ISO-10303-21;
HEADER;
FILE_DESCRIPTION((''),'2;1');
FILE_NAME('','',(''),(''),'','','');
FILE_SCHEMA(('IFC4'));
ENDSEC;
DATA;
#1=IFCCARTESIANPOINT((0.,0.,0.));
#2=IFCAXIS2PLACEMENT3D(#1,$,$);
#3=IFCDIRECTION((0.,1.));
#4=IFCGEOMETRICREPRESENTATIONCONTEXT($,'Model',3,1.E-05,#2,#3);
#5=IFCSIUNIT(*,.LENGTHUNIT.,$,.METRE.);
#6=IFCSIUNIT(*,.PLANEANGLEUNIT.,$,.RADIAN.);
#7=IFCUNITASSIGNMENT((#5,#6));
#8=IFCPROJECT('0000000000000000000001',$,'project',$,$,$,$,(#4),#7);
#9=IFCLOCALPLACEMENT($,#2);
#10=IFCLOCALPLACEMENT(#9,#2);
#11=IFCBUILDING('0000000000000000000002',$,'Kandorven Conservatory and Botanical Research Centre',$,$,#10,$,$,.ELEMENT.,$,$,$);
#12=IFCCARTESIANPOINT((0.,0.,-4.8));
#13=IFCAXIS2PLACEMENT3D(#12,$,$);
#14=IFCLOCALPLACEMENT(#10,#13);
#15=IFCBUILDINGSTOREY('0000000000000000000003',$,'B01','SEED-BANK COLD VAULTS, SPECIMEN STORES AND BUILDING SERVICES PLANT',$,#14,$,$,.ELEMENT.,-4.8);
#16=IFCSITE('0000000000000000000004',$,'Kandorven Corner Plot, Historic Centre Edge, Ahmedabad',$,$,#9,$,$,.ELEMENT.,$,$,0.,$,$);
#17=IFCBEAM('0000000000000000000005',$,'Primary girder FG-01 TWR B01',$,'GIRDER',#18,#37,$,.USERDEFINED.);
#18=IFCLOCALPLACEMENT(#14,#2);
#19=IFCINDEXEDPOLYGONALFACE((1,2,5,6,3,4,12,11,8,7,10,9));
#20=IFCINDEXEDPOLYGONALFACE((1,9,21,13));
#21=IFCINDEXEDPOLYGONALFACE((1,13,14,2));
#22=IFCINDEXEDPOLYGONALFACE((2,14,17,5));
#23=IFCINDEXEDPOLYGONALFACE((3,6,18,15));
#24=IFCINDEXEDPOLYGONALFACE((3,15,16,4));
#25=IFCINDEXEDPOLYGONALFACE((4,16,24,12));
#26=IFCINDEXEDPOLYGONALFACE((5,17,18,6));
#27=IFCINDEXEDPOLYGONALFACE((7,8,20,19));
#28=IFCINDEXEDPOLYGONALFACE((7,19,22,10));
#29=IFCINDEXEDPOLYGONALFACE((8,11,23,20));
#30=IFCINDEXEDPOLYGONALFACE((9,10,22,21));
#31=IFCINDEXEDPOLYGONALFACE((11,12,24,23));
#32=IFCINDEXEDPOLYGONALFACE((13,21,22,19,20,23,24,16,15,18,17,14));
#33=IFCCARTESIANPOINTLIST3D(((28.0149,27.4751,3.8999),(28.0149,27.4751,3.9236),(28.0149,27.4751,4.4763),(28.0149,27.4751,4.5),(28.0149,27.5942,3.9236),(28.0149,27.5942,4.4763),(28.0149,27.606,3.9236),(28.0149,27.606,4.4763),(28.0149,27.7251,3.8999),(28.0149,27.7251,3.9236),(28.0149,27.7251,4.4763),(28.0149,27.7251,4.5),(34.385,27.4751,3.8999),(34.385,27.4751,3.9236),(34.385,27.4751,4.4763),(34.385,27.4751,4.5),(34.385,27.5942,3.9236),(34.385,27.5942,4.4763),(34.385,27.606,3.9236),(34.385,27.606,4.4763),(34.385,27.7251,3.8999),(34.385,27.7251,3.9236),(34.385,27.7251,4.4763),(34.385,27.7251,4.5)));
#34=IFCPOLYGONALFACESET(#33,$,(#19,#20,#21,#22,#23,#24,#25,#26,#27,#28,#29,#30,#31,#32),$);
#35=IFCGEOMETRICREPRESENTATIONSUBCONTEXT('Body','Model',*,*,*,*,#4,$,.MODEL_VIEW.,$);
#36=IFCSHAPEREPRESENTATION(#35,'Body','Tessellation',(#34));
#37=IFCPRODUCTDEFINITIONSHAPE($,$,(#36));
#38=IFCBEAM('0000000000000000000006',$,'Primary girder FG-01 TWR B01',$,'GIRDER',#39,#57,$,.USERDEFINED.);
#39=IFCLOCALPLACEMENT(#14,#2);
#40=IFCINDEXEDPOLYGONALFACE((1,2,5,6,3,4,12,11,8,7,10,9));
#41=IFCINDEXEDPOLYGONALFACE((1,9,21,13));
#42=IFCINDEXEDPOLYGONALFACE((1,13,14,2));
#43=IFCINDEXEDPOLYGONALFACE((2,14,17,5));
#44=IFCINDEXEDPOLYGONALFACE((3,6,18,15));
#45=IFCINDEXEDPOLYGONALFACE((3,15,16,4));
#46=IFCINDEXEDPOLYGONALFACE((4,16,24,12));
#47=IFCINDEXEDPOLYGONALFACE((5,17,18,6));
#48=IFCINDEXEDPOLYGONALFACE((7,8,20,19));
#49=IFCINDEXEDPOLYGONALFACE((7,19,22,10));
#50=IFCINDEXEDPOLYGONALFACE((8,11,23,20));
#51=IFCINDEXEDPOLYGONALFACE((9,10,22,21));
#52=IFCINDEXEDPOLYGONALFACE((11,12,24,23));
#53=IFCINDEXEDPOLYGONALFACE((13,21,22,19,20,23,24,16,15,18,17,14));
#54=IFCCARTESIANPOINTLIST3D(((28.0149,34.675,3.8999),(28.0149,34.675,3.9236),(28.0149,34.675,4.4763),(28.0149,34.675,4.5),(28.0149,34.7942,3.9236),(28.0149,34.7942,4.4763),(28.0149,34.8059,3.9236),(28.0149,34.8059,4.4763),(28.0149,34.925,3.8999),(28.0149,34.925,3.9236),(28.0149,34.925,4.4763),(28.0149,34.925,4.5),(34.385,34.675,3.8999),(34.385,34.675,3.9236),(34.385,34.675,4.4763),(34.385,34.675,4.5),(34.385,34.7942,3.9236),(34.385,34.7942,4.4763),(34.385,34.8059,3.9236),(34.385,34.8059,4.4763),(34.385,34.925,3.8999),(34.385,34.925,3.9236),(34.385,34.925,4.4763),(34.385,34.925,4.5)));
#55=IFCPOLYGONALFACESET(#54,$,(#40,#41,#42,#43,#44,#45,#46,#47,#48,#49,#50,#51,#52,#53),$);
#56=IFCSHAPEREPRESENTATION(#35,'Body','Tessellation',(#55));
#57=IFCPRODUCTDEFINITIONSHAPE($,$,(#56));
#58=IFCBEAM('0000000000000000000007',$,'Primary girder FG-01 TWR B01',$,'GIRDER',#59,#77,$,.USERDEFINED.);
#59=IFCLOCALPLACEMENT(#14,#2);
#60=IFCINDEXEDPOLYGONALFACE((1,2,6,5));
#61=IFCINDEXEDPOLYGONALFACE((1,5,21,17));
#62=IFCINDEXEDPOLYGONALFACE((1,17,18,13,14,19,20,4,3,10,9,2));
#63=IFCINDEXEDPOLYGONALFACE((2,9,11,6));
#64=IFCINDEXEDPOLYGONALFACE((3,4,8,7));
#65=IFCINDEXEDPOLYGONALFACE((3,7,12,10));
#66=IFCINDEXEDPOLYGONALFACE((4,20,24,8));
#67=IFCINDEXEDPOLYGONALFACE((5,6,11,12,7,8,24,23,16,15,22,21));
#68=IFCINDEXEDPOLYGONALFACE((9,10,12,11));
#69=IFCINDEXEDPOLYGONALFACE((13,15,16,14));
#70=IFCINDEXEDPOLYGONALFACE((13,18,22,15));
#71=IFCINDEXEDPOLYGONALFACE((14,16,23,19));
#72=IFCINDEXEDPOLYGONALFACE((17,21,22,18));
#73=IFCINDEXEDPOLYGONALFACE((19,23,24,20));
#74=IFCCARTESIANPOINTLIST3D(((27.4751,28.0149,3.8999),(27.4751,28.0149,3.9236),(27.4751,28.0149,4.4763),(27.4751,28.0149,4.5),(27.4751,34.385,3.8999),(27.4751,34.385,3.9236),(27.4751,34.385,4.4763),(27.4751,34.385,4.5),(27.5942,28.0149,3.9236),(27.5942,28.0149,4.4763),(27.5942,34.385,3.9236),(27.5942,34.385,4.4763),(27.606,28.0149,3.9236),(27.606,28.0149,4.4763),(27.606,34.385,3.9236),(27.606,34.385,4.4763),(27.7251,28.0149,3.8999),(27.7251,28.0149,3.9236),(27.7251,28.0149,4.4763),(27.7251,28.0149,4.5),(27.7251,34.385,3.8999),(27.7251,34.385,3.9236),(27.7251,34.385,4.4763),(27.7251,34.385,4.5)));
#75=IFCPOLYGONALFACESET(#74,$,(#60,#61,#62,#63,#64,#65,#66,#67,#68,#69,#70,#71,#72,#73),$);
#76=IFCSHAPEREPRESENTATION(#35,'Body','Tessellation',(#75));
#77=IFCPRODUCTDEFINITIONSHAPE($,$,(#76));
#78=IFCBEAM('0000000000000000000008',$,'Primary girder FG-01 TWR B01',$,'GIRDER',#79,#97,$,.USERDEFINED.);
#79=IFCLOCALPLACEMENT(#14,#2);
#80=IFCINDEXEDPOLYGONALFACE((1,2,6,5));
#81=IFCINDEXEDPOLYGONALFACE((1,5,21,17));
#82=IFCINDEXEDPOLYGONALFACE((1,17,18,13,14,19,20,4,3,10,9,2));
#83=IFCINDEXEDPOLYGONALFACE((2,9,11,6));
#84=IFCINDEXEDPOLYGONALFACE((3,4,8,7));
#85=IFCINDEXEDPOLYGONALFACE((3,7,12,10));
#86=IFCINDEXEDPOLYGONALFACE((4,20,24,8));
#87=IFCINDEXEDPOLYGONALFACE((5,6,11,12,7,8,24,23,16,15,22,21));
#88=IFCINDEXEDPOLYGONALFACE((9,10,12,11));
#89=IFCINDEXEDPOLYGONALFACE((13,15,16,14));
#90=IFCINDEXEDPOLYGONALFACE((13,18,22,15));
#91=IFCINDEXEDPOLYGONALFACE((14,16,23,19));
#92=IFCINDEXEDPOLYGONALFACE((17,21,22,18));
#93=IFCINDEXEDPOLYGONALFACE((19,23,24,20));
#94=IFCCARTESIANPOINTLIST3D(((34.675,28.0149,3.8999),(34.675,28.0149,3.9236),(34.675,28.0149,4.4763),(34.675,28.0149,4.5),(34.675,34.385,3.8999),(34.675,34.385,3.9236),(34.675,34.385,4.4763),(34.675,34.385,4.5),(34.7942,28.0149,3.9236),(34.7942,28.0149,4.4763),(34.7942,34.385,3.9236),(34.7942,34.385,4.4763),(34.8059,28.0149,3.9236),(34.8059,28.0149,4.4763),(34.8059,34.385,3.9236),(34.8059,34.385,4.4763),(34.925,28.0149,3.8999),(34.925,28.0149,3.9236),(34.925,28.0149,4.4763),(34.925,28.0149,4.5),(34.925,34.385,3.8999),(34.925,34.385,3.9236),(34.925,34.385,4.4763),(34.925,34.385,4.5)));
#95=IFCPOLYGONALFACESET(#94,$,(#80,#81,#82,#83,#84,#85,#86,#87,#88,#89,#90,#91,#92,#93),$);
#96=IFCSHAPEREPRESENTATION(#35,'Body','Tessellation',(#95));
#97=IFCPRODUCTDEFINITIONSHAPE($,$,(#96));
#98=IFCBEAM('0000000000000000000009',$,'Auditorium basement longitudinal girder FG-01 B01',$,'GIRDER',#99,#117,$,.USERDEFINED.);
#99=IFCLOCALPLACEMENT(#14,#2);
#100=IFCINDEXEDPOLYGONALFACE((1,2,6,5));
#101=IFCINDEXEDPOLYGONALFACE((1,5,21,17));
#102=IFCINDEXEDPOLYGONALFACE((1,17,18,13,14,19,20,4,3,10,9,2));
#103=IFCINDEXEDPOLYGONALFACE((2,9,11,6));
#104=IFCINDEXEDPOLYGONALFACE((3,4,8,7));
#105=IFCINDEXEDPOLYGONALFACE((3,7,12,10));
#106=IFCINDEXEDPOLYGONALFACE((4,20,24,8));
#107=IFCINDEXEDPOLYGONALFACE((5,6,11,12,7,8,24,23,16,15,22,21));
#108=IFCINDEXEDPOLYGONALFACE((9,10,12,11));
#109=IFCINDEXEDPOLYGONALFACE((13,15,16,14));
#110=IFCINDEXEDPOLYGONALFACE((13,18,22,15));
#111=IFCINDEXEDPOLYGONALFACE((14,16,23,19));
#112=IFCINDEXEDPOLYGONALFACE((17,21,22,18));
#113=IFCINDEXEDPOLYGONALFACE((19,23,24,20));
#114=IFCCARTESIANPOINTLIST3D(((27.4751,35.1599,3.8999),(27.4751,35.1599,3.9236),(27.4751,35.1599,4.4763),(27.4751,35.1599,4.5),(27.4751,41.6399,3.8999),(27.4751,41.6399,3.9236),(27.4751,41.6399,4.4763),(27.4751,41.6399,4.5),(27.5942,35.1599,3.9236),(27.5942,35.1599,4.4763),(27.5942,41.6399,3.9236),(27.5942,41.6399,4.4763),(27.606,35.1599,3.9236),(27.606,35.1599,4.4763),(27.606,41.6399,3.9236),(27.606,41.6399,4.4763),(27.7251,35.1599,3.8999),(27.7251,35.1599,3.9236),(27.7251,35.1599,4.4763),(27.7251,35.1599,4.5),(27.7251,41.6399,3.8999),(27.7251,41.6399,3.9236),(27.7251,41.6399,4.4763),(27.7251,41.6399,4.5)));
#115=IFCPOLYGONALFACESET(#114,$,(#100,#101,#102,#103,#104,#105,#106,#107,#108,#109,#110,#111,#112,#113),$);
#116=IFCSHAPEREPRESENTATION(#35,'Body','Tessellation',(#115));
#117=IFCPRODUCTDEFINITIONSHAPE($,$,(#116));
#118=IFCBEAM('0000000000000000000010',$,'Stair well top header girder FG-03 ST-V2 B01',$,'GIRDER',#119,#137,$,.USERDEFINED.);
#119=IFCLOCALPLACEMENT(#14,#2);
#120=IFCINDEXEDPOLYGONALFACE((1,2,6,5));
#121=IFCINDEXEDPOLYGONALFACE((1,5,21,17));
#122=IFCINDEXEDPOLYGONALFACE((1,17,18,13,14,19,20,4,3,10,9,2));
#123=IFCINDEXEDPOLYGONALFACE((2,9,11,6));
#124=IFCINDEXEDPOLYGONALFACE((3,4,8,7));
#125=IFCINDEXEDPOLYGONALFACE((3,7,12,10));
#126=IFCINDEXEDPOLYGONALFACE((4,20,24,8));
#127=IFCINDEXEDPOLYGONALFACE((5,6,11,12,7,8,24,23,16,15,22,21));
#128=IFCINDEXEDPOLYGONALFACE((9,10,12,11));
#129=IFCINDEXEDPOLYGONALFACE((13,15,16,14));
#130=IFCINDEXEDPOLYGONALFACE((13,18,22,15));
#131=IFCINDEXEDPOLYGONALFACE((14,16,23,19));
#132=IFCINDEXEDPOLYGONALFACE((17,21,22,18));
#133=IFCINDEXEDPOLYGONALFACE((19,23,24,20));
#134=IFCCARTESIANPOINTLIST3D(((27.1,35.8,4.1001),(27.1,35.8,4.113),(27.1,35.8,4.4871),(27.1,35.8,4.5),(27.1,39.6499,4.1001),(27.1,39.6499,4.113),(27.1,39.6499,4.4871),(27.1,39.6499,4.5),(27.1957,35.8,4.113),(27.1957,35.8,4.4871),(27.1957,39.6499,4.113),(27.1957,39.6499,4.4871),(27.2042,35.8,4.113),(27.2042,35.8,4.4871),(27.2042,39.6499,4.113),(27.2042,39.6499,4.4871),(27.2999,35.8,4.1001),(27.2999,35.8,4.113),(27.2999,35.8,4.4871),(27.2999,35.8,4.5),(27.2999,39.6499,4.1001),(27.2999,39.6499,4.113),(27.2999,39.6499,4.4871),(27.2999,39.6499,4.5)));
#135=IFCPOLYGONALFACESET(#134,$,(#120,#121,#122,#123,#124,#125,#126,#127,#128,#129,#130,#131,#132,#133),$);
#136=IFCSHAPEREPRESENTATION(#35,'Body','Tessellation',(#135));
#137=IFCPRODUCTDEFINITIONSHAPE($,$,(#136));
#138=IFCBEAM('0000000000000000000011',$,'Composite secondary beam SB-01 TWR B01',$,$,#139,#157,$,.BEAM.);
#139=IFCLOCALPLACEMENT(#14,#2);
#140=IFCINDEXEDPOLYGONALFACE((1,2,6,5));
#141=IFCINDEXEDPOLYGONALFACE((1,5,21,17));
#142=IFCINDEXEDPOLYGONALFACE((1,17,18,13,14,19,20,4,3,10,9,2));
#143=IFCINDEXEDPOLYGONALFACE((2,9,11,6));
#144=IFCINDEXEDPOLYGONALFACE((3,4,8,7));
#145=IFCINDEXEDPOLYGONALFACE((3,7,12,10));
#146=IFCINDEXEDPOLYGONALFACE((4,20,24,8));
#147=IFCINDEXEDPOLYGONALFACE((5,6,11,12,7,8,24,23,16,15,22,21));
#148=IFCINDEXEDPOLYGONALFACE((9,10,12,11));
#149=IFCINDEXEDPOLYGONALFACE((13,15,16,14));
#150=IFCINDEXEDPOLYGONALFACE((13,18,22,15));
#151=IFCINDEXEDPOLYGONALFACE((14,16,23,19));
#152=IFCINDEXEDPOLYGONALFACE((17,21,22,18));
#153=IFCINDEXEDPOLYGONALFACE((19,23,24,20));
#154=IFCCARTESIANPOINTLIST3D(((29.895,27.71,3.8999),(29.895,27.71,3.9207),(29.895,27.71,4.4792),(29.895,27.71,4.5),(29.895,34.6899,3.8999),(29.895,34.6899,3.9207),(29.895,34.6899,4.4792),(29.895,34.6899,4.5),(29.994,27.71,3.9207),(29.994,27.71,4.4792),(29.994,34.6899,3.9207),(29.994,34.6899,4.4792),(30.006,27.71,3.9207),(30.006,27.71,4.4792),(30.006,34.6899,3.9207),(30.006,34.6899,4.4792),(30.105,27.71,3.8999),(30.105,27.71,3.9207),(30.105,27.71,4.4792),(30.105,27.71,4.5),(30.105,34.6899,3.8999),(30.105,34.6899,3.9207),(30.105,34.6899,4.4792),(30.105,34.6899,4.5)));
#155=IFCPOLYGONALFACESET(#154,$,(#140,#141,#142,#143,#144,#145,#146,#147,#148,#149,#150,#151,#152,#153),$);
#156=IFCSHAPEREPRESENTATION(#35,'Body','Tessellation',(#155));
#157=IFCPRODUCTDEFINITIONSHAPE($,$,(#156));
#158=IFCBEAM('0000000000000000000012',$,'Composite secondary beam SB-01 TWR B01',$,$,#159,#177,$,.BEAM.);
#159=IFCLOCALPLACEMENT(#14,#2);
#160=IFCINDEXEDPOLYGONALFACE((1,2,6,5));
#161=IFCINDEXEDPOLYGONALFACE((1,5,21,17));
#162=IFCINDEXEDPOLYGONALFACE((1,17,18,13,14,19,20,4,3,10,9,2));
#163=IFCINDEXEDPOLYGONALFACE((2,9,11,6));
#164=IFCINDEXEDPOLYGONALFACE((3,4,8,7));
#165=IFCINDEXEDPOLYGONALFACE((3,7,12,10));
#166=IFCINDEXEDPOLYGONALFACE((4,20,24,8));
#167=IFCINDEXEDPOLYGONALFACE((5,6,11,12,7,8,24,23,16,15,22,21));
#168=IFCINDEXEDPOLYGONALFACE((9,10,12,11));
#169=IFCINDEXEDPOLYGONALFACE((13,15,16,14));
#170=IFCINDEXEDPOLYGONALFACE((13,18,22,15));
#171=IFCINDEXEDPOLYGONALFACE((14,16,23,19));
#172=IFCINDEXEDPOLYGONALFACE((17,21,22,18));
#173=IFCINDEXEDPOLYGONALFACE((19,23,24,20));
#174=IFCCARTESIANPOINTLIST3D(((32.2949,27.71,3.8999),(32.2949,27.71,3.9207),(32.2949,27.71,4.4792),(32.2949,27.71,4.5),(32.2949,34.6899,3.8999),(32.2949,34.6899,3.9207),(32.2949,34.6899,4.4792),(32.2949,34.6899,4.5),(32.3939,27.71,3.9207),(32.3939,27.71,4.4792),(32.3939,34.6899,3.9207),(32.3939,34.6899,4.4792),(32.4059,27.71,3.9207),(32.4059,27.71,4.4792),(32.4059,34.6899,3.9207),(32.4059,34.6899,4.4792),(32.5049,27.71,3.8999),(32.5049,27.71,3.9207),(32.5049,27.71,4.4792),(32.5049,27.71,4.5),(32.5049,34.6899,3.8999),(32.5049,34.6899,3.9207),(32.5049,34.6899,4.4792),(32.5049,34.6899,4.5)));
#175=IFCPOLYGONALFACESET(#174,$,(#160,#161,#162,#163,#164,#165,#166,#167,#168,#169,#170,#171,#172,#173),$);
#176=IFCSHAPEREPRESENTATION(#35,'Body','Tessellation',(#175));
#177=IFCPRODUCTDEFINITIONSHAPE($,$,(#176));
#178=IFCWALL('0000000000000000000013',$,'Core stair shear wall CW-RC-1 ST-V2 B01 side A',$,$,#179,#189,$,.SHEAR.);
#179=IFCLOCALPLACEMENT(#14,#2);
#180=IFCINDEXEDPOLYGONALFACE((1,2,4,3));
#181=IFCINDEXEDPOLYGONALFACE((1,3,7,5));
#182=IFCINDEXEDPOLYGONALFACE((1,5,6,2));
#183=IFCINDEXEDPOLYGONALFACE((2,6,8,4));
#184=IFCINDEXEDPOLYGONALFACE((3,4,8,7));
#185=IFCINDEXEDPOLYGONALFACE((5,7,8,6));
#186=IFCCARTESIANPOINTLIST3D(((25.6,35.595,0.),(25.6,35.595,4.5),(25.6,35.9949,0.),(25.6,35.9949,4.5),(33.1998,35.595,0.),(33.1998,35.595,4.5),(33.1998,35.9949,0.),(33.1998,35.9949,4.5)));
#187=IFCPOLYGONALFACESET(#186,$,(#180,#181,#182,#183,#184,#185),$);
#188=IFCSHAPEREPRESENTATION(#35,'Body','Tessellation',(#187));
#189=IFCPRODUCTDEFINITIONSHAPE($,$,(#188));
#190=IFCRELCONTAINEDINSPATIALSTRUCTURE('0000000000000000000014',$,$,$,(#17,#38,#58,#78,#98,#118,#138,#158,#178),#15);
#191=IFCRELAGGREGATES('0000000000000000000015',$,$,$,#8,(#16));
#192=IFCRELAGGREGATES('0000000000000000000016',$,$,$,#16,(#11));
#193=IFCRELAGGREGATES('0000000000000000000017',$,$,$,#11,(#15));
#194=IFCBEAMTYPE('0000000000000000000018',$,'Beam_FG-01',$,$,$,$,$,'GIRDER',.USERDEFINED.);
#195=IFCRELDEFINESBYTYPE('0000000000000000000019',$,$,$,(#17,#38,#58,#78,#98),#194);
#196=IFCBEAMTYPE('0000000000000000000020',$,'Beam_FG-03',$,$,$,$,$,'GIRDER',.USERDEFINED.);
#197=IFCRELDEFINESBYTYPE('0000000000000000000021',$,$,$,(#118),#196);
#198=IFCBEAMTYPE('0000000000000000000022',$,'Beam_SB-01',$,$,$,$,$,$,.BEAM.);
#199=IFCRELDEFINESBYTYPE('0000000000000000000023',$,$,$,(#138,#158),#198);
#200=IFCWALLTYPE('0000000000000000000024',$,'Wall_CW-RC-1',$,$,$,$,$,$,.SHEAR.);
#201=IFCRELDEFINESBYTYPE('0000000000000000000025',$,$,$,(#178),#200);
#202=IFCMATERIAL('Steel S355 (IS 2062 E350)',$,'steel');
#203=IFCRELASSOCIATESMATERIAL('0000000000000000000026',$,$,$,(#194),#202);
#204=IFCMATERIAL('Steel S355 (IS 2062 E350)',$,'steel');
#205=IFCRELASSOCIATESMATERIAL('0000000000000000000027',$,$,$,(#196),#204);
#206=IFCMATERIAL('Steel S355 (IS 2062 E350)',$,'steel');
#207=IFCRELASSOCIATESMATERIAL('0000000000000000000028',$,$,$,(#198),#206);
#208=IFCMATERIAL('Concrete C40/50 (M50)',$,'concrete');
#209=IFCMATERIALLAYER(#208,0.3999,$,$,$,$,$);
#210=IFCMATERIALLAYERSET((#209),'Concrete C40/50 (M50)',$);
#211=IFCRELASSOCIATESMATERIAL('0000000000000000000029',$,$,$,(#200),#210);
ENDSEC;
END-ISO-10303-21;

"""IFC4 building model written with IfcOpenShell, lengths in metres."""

from ifc_helpers import new_model, si_unit, direction, frame, frame_2d, origin, origin_2d, place, context, subcontext, project, spatial, rectangle, i_section, extrude, material, layer, layer_set, material_profile, profile_set, type_object, element, save


model = new_model("IFC4")

# Units and contexts
model_context = context("Model", 3, precision=1e-05, world=origin(), true_north=direction((0.0, 1.0)))
body_context = subcontext(model_context, "Body", "Model", "MODEL_VIEW")
ifc_project = project(units=[si_unit("LENGTHUNIT", "METRE"), si_unit("PLANEANGLEUNIT", "RADIAN")], contexts=[model_context])

# Site, building, storey
site_placement = place(None, origin())
site = spatial("IfcSite", under=ifc_project, at=site_placement, Name="Kandorven Corner Plot, Historic Centre Edge, Ahmedabad", CompositionType="ELEMENT", RefElevation=0.0)
building_placement = place(site_placement, origin())
building = spatial("IfcBuilding", under=site, at=building_placement, Name="Kandorven Conservatory and Botanical Research Centre", CompositionType="ELEMENT")
storey_placement = place(building_placement, frame((0.0, 0.0, -4.8)))
storey = spatial("IfcBuildingStorey", under=building, at=storey_placement, Name="B01", Description="SEED-BANK COLD VAULTS, SPECIMEN STORES AND BUILDING SERVICES PLANT", CompositionType="ELEMENT", Elevation=-4.8)

# Beams
ifc_material_1 = material(Name="Steel S355 (IS 2062 E350)", Category="steel")
ifc_material_profile_1 = material_profile(ifc_material_1, i_section(OverallWidth=0.25, OverallDepth=0.6001, WebThickness=0.0117, FlangeThickness=0.0237, at=origin_2d()))
ifc_profile_set_1 = profile_set([ifc_material_profile_1], Name="Steel S355 (IS 2062 E350)")
beam_type_1 = type_object("IfcBeamType", Name="Beam_FG-01", ElementType="GIRDER", PredefinedType="USERDEFINED", material=ifc_profile_set_1)
for number, where, z_axis, x_axis, name in (
    (1, (28.0149, 27.6001, 4.2), (1.0, 0.0, 0.0), (0.0, 1.0, 0.0), "Primary girder FG-01 TWR B01"),
    (2, (28.0149, 34.8, 4.2), (1.0, 0.0, 0.0), (0.0, 1.0, 0.0), "Primary girder FG-01 TWR B01"),
    (3, (27.6001, 28.0149, 4.2), (0.0, 1.0, 0.0), (-1.0, 0.0, 0.0), "Primary girder FG-01 TWR B01"),
    (4, (34.8, 28.0149, 4.2), (0.0, 1.0, 0.0), (-1.0, 0.0, 0.0), "Primary girder FG-01 TWR B01"),
):
    element("IfcBeam", number, at=place(storey_placement, frame(where, z_axis=z_axis, x_axis=x_axis)), inside=storey, type_object=beam_type_1, Name=name, ObjectType="GIRDER", PredefinedType="USERDEFINED", context=body_context, shape_type="SweptSolid", body=[
        extrude(i_section(OverallWidth=0.25, OverallDepth=0.6001, WebThickness=0.0117, FlangeThickness=0.0237, at=origin_2d()), origin(), (0.0, 0.0, 1.0), 6.3701),
    ])
beam_1_placement = place(storey_placement, frame((27.6001, 35.1599, 4.2), z_axis=(0.0, 1.0, 0.0), x_axis=(-1.0, 0.0, 0.0)))
element("IfcBeam", 5, at=beam_1_placement, inside=storey, type_object=beam_type_1, Name="Auditorium basement longitudinal girder FG-01 B01", ObjectType="GIRDER", PredefinedType="USERDEFINED", context=body_context, shape_type="SweptSolid", body=[
    extrude(i_section(OverallWidth=0.25, OverallDepth=0.6001, WebThickness=0.0117, FlangeThickness=0.0237, at=origin_2d()), origin(), (0.0, 0.0, 1.0), 6.48),
])
ifc_material_2 = material(Name="Steel S355 (IS 2062 E350)", Category="steel")
ifc_material_profile_2 = material_profile(ifc_material_2, i_section(OverallWidth=0.2, OverallDepth=0.3999, WebThickness=0.0085, FlangeThickness=0.0129, at=origin_2d()))
ifc_profile_set_2 = profile_set([ifc_material_profile_2], Name="Steel S355 (IS 2062 E350)")
beam_type_2 = type_object("IfcBeamType", Name="Beam_FG-03", ElementType="GIRDER", PredefinedType="USERDEFINED", material=ifc_profile_set_2)
beam_2_placement = place(storey_placement, frame((27.2, 35.8, 4.3), z_axis=(0.0, 1.0, 0.0), x_axis=(-1.0, 0.0, 0.0)))
element("IfcBeam", 6, at=beam_2_placement, inside=storey, type_object=beam_type_2, Name="Stair well top header girder FG-03 ST-V2 B01", ObjectType="GIRDER", PredefinedType="USERDEFINED", context=body_context, shape_type="SweptSolid", body=[
    extrude(i_section(OverallWidth=0.2, OverallDepth=0.3999, WebThickness=0.0085, FlangeThickness=0.0129, at=origin_2d()), origin(), (0.0, 0.0, 1.0), 3.8499),
])
ifc_material_3 = material(Name="Steel S355 (IS 2062 E350)", Category="steel")
ifc_material_profile_3 = material_profile(ifc_material_3, i_section(OverallWidth=0.21, OverallDepth=0.6001, WebThickness=0.012, FlangeThickness=0.0208, at=origin_2d()))
ifc_profile_set_3 = profile_set([ifc_material_profile_3], Name="Steel S355 (IS 2062 E350)")
beam_type_3 = type_object("IfcBeamType", Name="Beam_SB-01", PredefinedType="BEAM", material=ifc_profile_set_3)
for number, where, z_axis, x_axis, name in (
    (7, (30.0, 27.71, 4.2), (0.0, 1.0, 0.0), (-1.0, 0.0, 0.0), "Composite secondary beam SB-01 TWR B01"),
    (8, (32.3999, 27.71, 4.2), (0.0, 1.0, 0.0), (-1.0, 0.0, 0.0), "Composite secondary beam SB-01 TWR B01"),
):
    element("IfcBeam", number, at=place(storey_placement, frame(where, z_axis=z_axis, x_axis=x_axis)), inside=storey, type_object=beam_type_3, Name=name, PredefinedType="BEAM", context=body_context, shape_type="SweptSolid", body=[
        extrude(i_section(OverallWidth=0.21, OverallDepth=0.6001, WebThickness=0.012, FlangeThickness=0.0208, at=origin_2d()), origin(), (0.0, 0.0, 1.0), 6.98),
    ])

# Wall
ifc_material_4 = material(Name="Concrete C40/50 (M50)", Category="concrete")
ifc_layer_1 = layer(ifc_material_4, 0.3999)
ifc_layer_set_1 = layer_set([ifc_layer_1], Name="Concrete C40/50 (M50)")
wall_type_1 = type_object("IfcWallType", Name="Wall_CW-RC-1", PredefinedType="SHEAR", material=ifc_layer_set_1)
wall_1_placement = place(storey_placement, frame((25.6001, 35.7949, 0.0), z_axis=(0.0, 0.0, 1.0), x_axis=(1.0, 0.0, 0.0)))
element("IfcWall", 9, at=wall_1_placement, inside=storey, type_object=wall_type_1, Name="Core stair shear wall CW-RC-1 ST-V2 B01 side A", PredefinedType="SHEAR", context=body_context, shape_type="SweptSolid", body=[
    extrude(rectangle(XDim=7.5999, YDim=0.3999, at=frame_2d((3.7998, 0.0))), origin(), (0.0, 0.0, 1.0), 4.5),
])

save(model, "model.ifc")
